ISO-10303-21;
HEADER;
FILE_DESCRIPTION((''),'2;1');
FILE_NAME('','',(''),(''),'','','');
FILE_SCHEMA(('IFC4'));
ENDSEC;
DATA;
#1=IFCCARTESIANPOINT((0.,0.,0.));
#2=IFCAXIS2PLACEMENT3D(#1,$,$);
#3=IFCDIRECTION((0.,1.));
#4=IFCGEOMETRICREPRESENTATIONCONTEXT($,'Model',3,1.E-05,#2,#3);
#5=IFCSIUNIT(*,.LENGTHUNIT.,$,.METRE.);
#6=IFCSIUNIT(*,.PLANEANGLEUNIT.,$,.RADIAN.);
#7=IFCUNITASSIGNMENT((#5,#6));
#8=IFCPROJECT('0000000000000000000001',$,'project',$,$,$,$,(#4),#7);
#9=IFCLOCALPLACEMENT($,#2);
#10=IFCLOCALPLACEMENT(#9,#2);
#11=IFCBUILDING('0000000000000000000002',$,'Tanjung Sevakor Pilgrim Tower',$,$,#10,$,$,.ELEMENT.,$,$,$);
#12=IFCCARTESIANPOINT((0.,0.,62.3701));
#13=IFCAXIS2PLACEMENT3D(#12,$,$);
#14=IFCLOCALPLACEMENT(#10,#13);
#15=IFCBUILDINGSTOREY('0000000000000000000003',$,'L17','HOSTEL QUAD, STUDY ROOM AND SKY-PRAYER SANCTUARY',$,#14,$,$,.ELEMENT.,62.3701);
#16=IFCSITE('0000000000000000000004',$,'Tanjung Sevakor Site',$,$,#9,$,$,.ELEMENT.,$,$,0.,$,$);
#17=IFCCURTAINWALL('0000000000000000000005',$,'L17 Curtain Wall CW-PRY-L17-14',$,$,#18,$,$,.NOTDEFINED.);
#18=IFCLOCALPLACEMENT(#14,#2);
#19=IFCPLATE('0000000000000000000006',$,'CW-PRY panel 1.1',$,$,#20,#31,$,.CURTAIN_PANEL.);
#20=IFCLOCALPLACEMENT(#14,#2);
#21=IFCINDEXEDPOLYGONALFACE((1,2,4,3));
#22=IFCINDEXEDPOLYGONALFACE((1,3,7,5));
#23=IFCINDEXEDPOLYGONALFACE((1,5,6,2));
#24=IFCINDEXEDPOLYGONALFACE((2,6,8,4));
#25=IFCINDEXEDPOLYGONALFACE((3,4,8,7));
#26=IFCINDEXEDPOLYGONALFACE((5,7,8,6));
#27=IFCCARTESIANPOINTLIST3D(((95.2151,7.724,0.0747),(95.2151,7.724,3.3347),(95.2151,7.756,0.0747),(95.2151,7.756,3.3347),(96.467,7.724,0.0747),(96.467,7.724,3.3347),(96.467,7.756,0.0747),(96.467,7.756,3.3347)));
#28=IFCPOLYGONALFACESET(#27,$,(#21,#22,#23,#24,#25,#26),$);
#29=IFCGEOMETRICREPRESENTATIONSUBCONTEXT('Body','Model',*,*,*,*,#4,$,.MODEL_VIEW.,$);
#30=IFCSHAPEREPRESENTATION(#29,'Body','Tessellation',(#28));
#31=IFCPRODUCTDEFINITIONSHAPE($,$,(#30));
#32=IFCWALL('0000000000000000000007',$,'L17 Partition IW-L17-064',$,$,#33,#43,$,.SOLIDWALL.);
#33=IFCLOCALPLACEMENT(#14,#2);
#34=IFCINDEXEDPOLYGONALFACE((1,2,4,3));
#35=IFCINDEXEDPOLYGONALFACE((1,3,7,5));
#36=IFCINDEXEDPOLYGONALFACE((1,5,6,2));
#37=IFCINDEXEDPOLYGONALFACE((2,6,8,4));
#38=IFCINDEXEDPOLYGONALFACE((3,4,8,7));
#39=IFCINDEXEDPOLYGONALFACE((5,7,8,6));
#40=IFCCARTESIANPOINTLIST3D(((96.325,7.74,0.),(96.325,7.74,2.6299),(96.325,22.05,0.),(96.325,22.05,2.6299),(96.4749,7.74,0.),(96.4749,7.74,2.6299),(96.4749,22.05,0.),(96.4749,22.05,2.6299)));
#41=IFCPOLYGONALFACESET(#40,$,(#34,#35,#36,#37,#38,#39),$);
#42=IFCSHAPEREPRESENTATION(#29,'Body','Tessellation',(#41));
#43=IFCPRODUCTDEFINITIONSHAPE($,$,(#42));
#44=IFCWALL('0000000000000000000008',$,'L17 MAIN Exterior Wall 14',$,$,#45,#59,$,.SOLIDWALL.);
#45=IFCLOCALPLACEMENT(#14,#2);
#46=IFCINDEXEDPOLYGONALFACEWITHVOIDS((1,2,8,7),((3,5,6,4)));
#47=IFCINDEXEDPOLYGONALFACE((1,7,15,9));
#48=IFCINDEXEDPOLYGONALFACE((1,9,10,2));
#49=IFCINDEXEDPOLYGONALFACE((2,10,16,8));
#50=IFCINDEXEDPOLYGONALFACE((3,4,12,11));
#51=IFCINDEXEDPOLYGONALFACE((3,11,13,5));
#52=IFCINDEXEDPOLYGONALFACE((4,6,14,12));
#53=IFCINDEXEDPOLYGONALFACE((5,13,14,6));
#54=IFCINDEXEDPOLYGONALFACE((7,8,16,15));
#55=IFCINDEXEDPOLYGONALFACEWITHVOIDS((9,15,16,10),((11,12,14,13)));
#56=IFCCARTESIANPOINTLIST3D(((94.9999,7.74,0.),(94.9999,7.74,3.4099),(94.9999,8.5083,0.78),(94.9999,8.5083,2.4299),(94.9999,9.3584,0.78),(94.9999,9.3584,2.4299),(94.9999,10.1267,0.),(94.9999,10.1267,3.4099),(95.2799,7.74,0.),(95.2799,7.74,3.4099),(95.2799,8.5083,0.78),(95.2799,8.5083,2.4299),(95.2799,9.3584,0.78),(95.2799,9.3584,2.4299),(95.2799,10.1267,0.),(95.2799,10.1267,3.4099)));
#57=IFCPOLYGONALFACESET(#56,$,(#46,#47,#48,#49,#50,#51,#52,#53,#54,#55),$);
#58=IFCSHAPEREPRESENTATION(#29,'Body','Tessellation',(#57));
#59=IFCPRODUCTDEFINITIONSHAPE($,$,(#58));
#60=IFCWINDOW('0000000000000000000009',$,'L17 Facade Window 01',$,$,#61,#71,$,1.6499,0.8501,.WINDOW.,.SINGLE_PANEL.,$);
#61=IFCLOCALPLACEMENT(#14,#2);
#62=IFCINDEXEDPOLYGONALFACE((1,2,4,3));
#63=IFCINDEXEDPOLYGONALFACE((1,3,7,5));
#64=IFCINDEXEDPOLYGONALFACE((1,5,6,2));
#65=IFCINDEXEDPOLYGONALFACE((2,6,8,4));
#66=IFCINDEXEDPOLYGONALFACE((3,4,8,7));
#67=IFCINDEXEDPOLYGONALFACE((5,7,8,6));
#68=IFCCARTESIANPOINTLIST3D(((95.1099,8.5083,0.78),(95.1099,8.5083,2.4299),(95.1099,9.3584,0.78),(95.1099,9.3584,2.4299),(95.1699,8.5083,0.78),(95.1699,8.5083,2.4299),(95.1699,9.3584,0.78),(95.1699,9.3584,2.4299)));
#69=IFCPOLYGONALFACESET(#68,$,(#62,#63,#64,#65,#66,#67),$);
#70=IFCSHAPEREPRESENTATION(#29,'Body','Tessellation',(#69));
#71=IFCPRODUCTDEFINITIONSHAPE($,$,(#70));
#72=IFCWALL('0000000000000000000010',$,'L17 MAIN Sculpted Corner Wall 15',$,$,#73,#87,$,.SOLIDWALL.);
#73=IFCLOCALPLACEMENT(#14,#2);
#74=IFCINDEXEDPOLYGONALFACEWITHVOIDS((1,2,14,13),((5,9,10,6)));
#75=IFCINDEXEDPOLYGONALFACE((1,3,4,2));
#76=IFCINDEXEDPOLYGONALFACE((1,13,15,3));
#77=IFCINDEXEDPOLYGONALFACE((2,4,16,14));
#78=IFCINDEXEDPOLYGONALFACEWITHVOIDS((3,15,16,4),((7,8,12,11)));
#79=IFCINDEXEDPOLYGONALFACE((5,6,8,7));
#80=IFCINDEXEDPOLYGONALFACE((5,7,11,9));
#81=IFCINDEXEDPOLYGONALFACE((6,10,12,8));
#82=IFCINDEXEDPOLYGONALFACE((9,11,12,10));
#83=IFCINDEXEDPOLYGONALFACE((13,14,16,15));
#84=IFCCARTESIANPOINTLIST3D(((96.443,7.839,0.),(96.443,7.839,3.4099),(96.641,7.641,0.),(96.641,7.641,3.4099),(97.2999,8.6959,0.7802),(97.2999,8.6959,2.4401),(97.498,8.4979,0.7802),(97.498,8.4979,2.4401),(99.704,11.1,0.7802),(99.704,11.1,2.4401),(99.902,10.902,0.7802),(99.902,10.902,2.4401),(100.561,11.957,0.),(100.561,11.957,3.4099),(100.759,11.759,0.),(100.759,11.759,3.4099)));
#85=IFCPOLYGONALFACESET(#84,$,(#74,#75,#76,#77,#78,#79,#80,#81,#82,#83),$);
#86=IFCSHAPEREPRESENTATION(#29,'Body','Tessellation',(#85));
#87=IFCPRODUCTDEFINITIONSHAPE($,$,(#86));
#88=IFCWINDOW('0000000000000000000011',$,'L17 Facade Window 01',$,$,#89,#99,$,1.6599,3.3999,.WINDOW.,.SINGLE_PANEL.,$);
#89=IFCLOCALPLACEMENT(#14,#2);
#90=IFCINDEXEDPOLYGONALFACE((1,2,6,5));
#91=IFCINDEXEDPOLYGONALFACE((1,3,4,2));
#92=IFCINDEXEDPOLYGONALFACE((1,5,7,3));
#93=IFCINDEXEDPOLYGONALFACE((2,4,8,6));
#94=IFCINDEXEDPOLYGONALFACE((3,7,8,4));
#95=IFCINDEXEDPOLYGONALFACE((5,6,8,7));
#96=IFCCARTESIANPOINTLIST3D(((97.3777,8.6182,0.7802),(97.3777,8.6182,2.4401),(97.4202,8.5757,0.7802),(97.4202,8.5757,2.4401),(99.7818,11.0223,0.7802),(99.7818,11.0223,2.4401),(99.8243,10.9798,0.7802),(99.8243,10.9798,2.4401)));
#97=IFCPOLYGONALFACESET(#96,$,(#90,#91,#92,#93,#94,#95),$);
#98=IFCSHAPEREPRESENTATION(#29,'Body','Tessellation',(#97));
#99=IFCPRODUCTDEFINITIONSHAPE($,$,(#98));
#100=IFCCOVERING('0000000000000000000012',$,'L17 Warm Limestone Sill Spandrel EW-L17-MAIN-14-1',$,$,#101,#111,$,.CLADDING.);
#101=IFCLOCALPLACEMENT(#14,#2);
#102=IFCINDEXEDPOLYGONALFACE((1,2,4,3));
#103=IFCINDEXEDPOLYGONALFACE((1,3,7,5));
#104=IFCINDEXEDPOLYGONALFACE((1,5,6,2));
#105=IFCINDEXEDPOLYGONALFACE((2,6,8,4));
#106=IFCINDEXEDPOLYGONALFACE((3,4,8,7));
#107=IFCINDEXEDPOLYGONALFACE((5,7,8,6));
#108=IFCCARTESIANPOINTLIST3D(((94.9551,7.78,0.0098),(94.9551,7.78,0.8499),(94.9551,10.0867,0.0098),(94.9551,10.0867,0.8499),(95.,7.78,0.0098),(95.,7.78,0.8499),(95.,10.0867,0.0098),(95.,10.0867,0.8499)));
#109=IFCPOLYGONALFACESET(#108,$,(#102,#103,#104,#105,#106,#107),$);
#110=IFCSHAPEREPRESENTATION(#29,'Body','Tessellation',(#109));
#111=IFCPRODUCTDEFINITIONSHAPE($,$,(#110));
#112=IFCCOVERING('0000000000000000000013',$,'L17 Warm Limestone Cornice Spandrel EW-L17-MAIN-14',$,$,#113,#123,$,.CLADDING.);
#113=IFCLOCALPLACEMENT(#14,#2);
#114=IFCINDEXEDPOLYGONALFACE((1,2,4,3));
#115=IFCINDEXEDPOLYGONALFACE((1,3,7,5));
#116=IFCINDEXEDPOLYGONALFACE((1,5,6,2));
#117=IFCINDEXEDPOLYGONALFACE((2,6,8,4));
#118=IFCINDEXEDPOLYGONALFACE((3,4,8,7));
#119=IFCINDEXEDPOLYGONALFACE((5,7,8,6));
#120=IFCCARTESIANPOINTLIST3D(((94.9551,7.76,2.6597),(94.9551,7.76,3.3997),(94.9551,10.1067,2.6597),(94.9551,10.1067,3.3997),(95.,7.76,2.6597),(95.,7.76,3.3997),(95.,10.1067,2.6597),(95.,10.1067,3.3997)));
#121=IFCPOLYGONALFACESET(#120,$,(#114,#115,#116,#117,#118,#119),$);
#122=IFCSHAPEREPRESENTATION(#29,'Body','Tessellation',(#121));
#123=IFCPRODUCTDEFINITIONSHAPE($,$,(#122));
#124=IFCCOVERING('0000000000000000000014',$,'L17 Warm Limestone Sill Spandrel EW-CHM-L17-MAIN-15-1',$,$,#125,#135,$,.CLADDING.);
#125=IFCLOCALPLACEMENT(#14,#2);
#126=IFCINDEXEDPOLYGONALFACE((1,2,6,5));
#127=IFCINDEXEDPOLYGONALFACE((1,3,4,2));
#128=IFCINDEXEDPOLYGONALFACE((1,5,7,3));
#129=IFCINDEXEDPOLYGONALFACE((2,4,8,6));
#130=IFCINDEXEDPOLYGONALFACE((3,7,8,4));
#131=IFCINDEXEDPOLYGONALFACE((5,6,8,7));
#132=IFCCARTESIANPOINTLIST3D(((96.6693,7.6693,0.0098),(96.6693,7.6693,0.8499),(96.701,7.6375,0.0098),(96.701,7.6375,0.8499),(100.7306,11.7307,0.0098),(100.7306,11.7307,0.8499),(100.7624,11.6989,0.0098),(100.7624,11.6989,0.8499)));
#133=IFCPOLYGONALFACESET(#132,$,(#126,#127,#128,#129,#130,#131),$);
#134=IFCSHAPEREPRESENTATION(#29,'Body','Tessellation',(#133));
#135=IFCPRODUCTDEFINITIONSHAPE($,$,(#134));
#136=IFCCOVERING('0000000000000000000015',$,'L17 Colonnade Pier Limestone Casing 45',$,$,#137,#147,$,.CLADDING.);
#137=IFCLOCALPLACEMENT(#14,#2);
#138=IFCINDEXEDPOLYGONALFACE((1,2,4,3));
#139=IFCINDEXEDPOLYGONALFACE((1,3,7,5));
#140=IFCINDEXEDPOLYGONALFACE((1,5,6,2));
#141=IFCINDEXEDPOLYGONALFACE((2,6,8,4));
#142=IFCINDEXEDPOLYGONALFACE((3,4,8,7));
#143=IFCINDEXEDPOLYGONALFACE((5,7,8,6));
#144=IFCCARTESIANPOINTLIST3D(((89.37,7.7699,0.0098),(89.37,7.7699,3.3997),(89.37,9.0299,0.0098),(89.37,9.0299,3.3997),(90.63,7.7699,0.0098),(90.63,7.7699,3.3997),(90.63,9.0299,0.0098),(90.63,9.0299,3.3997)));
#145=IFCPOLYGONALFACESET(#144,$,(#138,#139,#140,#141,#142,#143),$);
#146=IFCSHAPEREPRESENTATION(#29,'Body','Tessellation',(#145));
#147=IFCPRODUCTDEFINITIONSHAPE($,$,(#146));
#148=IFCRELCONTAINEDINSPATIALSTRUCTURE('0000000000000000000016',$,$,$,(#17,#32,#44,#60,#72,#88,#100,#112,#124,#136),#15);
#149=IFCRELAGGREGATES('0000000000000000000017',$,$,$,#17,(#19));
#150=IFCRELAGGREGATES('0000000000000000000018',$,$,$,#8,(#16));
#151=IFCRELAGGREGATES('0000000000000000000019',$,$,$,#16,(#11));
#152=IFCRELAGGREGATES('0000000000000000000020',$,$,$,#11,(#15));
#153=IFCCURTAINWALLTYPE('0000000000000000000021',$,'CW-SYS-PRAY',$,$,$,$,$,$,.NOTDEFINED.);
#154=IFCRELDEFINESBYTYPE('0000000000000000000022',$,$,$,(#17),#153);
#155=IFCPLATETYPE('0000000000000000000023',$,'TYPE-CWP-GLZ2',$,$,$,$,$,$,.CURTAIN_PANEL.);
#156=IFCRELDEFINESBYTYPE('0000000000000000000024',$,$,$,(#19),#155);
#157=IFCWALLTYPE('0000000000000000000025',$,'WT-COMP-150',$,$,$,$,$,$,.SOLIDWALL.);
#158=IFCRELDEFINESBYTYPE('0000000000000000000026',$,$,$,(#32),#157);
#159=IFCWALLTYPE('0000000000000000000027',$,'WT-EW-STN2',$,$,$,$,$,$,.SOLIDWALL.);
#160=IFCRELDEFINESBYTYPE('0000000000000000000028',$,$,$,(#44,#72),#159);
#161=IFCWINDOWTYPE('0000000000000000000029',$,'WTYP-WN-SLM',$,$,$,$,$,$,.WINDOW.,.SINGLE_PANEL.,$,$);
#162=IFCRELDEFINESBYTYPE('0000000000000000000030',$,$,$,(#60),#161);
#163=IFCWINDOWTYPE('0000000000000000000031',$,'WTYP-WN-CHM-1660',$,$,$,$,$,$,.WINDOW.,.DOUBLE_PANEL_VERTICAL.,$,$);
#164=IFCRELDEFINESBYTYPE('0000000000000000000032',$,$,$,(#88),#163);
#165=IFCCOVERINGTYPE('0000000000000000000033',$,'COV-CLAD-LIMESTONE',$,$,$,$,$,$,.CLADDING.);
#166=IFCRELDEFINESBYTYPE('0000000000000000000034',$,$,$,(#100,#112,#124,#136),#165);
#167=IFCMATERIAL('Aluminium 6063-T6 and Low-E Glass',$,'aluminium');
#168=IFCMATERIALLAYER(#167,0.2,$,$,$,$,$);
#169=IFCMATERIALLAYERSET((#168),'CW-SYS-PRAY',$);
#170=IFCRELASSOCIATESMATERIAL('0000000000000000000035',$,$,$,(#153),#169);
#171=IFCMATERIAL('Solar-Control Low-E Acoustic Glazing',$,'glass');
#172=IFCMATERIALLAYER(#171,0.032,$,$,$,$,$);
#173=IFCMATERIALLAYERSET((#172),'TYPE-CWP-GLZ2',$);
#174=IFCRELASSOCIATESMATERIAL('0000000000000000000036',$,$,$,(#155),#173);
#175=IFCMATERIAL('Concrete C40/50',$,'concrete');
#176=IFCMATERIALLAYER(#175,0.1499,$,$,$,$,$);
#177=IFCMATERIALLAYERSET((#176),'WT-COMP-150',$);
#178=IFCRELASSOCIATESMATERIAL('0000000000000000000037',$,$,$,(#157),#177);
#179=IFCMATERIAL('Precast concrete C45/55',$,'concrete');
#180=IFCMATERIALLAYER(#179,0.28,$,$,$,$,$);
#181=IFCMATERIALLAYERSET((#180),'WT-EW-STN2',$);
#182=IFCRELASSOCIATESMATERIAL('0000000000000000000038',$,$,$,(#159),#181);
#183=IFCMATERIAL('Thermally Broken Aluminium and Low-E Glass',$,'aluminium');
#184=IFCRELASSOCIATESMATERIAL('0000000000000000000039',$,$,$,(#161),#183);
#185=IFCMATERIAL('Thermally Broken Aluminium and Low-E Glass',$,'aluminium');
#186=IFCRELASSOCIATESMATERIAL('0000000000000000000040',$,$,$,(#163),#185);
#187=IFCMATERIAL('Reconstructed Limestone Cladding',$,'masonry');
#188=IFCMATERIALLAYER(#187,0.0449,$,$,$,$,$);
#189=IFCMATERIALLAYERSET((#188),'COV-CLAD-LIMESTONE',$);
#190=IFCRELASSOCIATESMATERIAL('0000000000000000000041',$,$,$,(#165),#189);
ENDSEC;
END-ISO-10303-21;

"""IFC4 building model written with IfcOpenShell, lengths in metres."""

from ifc_helpers import new_model, si_unit, direction, frame, frame_2d, origin, origin_2d, place, context, subcontext, project, spatial, rectangle, extrude, material, layer, layer_set, type_object, element, fill, aggregate, save


model = new_model("IFC4")

# Units and contexts
model_context = context("Model", 3, precision=1e-05, world=origin(), true_north=direction((0.0, 1.0)))
body_context = subcontext(model_context, "Body", "Model", "MODEL_VIEW")
ifc_project = project(units=[si_unit("LENGTHUNIT", "METRE"), si_unit("PLANEANGLEUNIT", "RADIAN")], contexts=[model_context])

# Site, building, storey
site_placement = place(None, origin())
site = spatial("IfcSite", under=ifc_project, at=site_placement, Name="Tanjung Sevakor Site", CompositionType="ELEMENT", RefElevation=0.0)
building_placement = place(site_placement, origin())
building = spatial("IfcBuilding", under=site, at=building_placement, Name="Tanjung Sevakor Pilgrim Tower", CompositionType="ELEMENT")
storey_placement = place(building_placement, frame((0.0, 0.0, 62.3701)))
storey = spatial("IfcBuildingStorey", under=building, at=storey_placement, Name="L17", Description="HOSTEL QUAD, STUDY ROOM AND SKY-PRAYER SANCTUARY", CompositionType="ELEMENT", Elevation=62.3701)

# Shared definitions
ifc_material_1 = material(Name="Aluminium 6063-T6 and Low-E Glass", Category="aluminium")
ifc_layer_1 = layer(ifc_material_1, 0.2)
ifc_layer_set_1 = layer_set([ifc_layer_1], Name="CW-SYS-PRAY")
curtain_wall_type = type_object("IfcCurtainWallType", Name="CW-SYS-PRAY", PredefinedType="NOTDEFINED", material=ifc_layer_set_1)

# Curtain wall
curtain_wall_1_placement = place(storey_placement, origin())
curtain_wall_1 = element("IfcCurtainWall", 1, at=curtain_wall_1_placement, inside=storey, type_object=curtain_wall_type, Name="L17 Curtain Wall CW-PRY-L17-14", PredefinedType="NOTDEFINED")

# Plate
ifc_material_2 = material(Name="Solar-Control Low-E Acoustic Glazing", Category="glass")
ifc_layer_2 = layer(ifc_material_2, 0.032)
ifc_layer_set_2 = layer_set([ifc_layer_2], Name="TYPE-CWP-GLZ2")
plate_type = type_object("IfcPlateType", Name="TYPE-CWP-GLZ2", PredefinedType="CURTAIN_PANEL", material=ifc_layer_set_2)
plate_1_placement = place(storey_placement, frame((95.8411, 7.74, 0.0747), z_axis=(0.0, 0.0, 1.0), x_axis=(1.0, 0.0, 0.0)))
plate_1 = element("IfcPlate", 2, at=plate_1_placement, type_object=plate_type, Name="CW-PRY panel 1.1", PredefinedType="CURTAIN_PANEL", context=body_context, shape_type="SweptSolid", body=[
    extrude(rectangle(XDim=1.252, YDim=0.032, at=origin_2d()), origin(), (0.0, 0.0, 1.0), 3.26),
])
aggregate(curtain_wall_1, [plate_1])

# Wall
ifc_material_3 = material(Name="Concrete C40/50", Category="concrete")
ifc_layer_3 = layer(ifc_material_3, 0.1499)
ifc_layer_set_3 = layer_set([ifc_layer_3], Name="WT-COMP-150")
wall_type_1 = type_object("IfcWallType", Name="WT-COMP-150", PredefinedType="SOLIDWALL", material=ifc_layer_set_3)
wall_1_placement = place(storey_placement, frame((96.3999, 7.74, 0.0), z_axis=(0.0, 0.0, 1.0), x_axis=(0.0, 1.0, 0.0)))
element("IfcWall", 3, at=wall_1_placement, inside=storey, type_object=wall_type_1, Name="L17 Partition IW-L17-064", PredefinedType="SOLIDWALL", context=body_context, shape_type="SweptSolid", body=[
    extrude(rectangle(XDim=14.3101, YDim=0.1499, at=frame_2d((7.155, 0.0))), origin(), (0.0, 0.0, 1.0), 2.6299),
])

# Walls, openings, windows
ifc_material_4 = material(Name="Precast concrete C45/55", Category="concrete")
ifc_layer_4 = layer(ifc_material_4, 0.28)
ifc_layer_set_4 = layer_set([ifc_layer_4], Name="WT-EW-STN2")
wall_type_2 = type_object("IfcWallType", Name="WT-EW-STN2", PredefinedType="SOLIDWALL", material=ifc_layer_set_4)
wall_2_placement = place(storey_placement, frame((95.1399, 10.1267, 0.0), z_axis=(0.0, 0.0, 1.0), x_axis=(0.0, -1.0, 0.0)))
wall_2 = element("IfcWall", 4, at=wall_2_placement, inside=storey, type_object=wall_type_2, Name="L17 MAIN Exterior Wall 14", PredefinedType="SOLIDWALL", context=body_context, shape_type="SweptSolid", body=[
    extrude(rectangle(XDim=2.3867, YDim=0.28, at=frame_2d((1.1934, 0.0))), origin(), (0.0, 0.0, 1.0), 3.4099),
])
opening_1_placement = place(wall_2_placement, frame((0.7683, 0.0, 0.78)))
opening_1 = element("IfcOpeningElement", 5, at=opening_1_placement, cuts=wall_2, PredefinedType="OPENING", context=body_context, shape_type="SweptSolid", body=[
    extrude(rectangle(XDim=0.8501, YDim=1.6499, at=frame_2d((0.425, 0.825))), frame((0.0, 0.1499, 0.0), z_axis=(0.0, -1.0, 0.0), x_axis=(1.0, 0.0, 0.0)), (0.0, 0.0, 1.0), 0.3),
])
ifc_material_5 = material(Name="Thermally Broken Aluminium and Low-E Glass", Category="aluminium")
window_type_1 = type_object("IfcWindowType", Name="WTYP-WN-SLM", PartitioningType="SINGLE_PANEL", PredefinedType="WINDOW", material=ifc_material_5)
window_1_placement = place(opening_1_placement, origin())
window_1 = element("IfcWindow", 6, at=window_1_placement, inside=storey, type_object=window_type_1, Name="L17 Facade Window 01", OverallHeight=1.6499, OverallWidth=0.8501, PartitioningType="SINGLE_PANEL", PredefinedType="WINDOW", context=body_context, shape_type="SweptSolid", body=[
    extrude(rectangle(XDim=0.8501, YDim=1.6499, at=frame_2d((0.425, 0.825))), frame((0.0, 0.03, 0.0), z_axis=(0.0, -1.0, 0.0), x_axis=(1.0, 0.0, 0.0)), (0.0, 0.0, 1.0), 0.0601),
])
fill(opening_1, window_1)
wall_3_placement = place(storey_placement, frame((96.542, 7.74, 0.0), z_axis=(0.0, 0.0, 1.0), x_axis=(0.707107, 0.707107, 0.0)))
wall_3 = element("IfcWall", 7, at=wall_3_placement, inside=storey, type_object=wall_type_2, Name="L17 MAIN Sculpted Corner Wall 15", PredefinedType="SOLIDWALL", context=body_context, shape_type="SweptSolid", body=[
    extrude(rectangle(XDim=5.8237, YDim=0.28, at=frame_2d((2.9119, 0.0))), origin(), (0.0, 0.0, 1.0), 3.4099),
])
opening_2_placement = place(wall_3_placement, frame((1.2119, 0.0, 0.78)))
opening_2 = element("IfcOpeningElement", 8, at=opening_2_placement, cuts=wall_3, PredefinedType="OPENING", context=body_context, shape_type="SweptSolid", body=[
    extrude(rectangle(XDim=3.3999, YDim=1.6599, at=frame_2d((1.7, 0.8301))), frame((0.0, 0.1499, 0.0), z_axis=(0.0, -1.0, 0.0), x_axis=(1.0, 0.0, 0.0)), (0.0, 0.0, 1.0), 0.3),
])
ifc_material_6 = material(Name="Thermally Broken Aluminium and Low-E Glass", Category="aluminium")
window_type_2 = type_object("IfcWindowType", Name="WTYP-WN-CHM-1660", PartitioningType="DOUBLE_PANEL_VERTICAL", PredefinedType="WINDOW", material=ifc_material_6)
window_2_placement = place(opening_2_placement, origin())
window_2 = element("IfcWindow", 9, at=window_2_placement, inside=storey, type_object=window_type_2, Name="L17 Facade Window 01", OverallHeight=1.6599, OverallWidth=3.3999, PartitioningType="SINGLE_PANEL", PredefinedType="WINDOW", context=body_context, shape_type="SweptSolid", body=[
    extrude(rectangle(XDim=3.3999, YDim=1.6599, at=frame_2d((1.7, 0.8301))), frame((0.0, 0.03, 0.0), z_axis=(0.0, -1.0, 0.0), x_axis=(1.0, 0.0, 0.0)), (0.0, 0.0, 1.0), 0.0601),
])
fill(opening_2, window_2)

# Coverings
ifc_material_7 = material(Name="Reconstructed Limestone Cladding", Category="masonry")
ifc_layer_5 = layer(ifc_material_7, 0.0449)
ifc_layer_set_5 = layer_set([ifc_layer_5], Name="COV-CLAD-LIMESTONE")
covering_type = type_object("IfcCoveringType", Name="COV-CLAD-LIMESTONE", PredefinedType="CLADDING", material=ifc_layer_set_5)
covering_1_placement = place(storey_placement, frame((94.9775, 8.9333, 0.0098), z_axis=(0.0, 0.0, 1.0), x_axis=(0.0, -1.0, 0.0)))
element("IfcCovering", 10, at=covering_1_placement, inside=storey, type_object=covering_type, Name="L17 Warm Limestone Sill Spandrel EW-L17-MAIN-14-1", PredefinedType="CLADDING", context=body_context, shape_type="SweptSolid", body=[
    extrude(rectangle(XDim=2.3066, YDim=0.0449, at=origin_2d()), origin(), (0.0, 0.0, 1.0), 0.8401),
])
covering_2_placement = place(storey_placement, frame((94.9775, 8.9333, 2.6597), z_axis=(0.0, 0.0, 1.0), x_axis=(0.0, -1.0, 0.0)))
element("IfcCovering", 11, at=covering_2_placement, inside=storey, type_object=covering_type, Name="L17 Warm Limestone Cornice Spandrel EW-L17-MAIN-14", PredefinedType="CLADDING", context=body_context, shape_type="SweptSolid", body=[
    extrude(rectangle(XDim=2.3467, YDim=0.0449, at=origin_2d()), origin(), (0.0, 0.0, 1.0), 0.74),
])
covering_3_placement = place(storey_placement, frame((98.7158, 9.6841, 0.0098), z_axis=(0.0, 0.0, 1.0), x_axis=(0.707107, 0.707107, 0.0)))
element("IfcCovering", 12, at=covering_3_placement, inside=storey, type_object=covering_type, Name="L17 Warm Limestone Sill Spandrel EW-CHM-L17-MAIN-15-1", PredefinedType="CLADDING", context=body_context, shape_type="SweptSolid", body=[
    extrude(rectangle(XDim=5.7437, YDim=0.0449, at=origin_2d()), origin(), (0.0, 0.0, 1.0), 0.8401),
])
covering_4_placement = place(storey_placement, frame((90.0, 8.3999, 0.0098), z_axis=(0.0, 0.0, 1.0), x_axis=(1.0, 0.0, 0.0)))
element("IfcCovering", 13, at=covering_4_placement, inside=storey, type_object=covering_type, Name="L17 Colonnade Pier Limestone Casing 45", PredefinedType="CLADDING", context=body_context, shape_type="SweptSolid", body=[
    extrude(rectangle(XDim=1.26, YDim=1.26, at=origin_2d()), origin(), (0.0, 0.0, 1.0), 3.3899),
])

save(model, "model.ifc")
